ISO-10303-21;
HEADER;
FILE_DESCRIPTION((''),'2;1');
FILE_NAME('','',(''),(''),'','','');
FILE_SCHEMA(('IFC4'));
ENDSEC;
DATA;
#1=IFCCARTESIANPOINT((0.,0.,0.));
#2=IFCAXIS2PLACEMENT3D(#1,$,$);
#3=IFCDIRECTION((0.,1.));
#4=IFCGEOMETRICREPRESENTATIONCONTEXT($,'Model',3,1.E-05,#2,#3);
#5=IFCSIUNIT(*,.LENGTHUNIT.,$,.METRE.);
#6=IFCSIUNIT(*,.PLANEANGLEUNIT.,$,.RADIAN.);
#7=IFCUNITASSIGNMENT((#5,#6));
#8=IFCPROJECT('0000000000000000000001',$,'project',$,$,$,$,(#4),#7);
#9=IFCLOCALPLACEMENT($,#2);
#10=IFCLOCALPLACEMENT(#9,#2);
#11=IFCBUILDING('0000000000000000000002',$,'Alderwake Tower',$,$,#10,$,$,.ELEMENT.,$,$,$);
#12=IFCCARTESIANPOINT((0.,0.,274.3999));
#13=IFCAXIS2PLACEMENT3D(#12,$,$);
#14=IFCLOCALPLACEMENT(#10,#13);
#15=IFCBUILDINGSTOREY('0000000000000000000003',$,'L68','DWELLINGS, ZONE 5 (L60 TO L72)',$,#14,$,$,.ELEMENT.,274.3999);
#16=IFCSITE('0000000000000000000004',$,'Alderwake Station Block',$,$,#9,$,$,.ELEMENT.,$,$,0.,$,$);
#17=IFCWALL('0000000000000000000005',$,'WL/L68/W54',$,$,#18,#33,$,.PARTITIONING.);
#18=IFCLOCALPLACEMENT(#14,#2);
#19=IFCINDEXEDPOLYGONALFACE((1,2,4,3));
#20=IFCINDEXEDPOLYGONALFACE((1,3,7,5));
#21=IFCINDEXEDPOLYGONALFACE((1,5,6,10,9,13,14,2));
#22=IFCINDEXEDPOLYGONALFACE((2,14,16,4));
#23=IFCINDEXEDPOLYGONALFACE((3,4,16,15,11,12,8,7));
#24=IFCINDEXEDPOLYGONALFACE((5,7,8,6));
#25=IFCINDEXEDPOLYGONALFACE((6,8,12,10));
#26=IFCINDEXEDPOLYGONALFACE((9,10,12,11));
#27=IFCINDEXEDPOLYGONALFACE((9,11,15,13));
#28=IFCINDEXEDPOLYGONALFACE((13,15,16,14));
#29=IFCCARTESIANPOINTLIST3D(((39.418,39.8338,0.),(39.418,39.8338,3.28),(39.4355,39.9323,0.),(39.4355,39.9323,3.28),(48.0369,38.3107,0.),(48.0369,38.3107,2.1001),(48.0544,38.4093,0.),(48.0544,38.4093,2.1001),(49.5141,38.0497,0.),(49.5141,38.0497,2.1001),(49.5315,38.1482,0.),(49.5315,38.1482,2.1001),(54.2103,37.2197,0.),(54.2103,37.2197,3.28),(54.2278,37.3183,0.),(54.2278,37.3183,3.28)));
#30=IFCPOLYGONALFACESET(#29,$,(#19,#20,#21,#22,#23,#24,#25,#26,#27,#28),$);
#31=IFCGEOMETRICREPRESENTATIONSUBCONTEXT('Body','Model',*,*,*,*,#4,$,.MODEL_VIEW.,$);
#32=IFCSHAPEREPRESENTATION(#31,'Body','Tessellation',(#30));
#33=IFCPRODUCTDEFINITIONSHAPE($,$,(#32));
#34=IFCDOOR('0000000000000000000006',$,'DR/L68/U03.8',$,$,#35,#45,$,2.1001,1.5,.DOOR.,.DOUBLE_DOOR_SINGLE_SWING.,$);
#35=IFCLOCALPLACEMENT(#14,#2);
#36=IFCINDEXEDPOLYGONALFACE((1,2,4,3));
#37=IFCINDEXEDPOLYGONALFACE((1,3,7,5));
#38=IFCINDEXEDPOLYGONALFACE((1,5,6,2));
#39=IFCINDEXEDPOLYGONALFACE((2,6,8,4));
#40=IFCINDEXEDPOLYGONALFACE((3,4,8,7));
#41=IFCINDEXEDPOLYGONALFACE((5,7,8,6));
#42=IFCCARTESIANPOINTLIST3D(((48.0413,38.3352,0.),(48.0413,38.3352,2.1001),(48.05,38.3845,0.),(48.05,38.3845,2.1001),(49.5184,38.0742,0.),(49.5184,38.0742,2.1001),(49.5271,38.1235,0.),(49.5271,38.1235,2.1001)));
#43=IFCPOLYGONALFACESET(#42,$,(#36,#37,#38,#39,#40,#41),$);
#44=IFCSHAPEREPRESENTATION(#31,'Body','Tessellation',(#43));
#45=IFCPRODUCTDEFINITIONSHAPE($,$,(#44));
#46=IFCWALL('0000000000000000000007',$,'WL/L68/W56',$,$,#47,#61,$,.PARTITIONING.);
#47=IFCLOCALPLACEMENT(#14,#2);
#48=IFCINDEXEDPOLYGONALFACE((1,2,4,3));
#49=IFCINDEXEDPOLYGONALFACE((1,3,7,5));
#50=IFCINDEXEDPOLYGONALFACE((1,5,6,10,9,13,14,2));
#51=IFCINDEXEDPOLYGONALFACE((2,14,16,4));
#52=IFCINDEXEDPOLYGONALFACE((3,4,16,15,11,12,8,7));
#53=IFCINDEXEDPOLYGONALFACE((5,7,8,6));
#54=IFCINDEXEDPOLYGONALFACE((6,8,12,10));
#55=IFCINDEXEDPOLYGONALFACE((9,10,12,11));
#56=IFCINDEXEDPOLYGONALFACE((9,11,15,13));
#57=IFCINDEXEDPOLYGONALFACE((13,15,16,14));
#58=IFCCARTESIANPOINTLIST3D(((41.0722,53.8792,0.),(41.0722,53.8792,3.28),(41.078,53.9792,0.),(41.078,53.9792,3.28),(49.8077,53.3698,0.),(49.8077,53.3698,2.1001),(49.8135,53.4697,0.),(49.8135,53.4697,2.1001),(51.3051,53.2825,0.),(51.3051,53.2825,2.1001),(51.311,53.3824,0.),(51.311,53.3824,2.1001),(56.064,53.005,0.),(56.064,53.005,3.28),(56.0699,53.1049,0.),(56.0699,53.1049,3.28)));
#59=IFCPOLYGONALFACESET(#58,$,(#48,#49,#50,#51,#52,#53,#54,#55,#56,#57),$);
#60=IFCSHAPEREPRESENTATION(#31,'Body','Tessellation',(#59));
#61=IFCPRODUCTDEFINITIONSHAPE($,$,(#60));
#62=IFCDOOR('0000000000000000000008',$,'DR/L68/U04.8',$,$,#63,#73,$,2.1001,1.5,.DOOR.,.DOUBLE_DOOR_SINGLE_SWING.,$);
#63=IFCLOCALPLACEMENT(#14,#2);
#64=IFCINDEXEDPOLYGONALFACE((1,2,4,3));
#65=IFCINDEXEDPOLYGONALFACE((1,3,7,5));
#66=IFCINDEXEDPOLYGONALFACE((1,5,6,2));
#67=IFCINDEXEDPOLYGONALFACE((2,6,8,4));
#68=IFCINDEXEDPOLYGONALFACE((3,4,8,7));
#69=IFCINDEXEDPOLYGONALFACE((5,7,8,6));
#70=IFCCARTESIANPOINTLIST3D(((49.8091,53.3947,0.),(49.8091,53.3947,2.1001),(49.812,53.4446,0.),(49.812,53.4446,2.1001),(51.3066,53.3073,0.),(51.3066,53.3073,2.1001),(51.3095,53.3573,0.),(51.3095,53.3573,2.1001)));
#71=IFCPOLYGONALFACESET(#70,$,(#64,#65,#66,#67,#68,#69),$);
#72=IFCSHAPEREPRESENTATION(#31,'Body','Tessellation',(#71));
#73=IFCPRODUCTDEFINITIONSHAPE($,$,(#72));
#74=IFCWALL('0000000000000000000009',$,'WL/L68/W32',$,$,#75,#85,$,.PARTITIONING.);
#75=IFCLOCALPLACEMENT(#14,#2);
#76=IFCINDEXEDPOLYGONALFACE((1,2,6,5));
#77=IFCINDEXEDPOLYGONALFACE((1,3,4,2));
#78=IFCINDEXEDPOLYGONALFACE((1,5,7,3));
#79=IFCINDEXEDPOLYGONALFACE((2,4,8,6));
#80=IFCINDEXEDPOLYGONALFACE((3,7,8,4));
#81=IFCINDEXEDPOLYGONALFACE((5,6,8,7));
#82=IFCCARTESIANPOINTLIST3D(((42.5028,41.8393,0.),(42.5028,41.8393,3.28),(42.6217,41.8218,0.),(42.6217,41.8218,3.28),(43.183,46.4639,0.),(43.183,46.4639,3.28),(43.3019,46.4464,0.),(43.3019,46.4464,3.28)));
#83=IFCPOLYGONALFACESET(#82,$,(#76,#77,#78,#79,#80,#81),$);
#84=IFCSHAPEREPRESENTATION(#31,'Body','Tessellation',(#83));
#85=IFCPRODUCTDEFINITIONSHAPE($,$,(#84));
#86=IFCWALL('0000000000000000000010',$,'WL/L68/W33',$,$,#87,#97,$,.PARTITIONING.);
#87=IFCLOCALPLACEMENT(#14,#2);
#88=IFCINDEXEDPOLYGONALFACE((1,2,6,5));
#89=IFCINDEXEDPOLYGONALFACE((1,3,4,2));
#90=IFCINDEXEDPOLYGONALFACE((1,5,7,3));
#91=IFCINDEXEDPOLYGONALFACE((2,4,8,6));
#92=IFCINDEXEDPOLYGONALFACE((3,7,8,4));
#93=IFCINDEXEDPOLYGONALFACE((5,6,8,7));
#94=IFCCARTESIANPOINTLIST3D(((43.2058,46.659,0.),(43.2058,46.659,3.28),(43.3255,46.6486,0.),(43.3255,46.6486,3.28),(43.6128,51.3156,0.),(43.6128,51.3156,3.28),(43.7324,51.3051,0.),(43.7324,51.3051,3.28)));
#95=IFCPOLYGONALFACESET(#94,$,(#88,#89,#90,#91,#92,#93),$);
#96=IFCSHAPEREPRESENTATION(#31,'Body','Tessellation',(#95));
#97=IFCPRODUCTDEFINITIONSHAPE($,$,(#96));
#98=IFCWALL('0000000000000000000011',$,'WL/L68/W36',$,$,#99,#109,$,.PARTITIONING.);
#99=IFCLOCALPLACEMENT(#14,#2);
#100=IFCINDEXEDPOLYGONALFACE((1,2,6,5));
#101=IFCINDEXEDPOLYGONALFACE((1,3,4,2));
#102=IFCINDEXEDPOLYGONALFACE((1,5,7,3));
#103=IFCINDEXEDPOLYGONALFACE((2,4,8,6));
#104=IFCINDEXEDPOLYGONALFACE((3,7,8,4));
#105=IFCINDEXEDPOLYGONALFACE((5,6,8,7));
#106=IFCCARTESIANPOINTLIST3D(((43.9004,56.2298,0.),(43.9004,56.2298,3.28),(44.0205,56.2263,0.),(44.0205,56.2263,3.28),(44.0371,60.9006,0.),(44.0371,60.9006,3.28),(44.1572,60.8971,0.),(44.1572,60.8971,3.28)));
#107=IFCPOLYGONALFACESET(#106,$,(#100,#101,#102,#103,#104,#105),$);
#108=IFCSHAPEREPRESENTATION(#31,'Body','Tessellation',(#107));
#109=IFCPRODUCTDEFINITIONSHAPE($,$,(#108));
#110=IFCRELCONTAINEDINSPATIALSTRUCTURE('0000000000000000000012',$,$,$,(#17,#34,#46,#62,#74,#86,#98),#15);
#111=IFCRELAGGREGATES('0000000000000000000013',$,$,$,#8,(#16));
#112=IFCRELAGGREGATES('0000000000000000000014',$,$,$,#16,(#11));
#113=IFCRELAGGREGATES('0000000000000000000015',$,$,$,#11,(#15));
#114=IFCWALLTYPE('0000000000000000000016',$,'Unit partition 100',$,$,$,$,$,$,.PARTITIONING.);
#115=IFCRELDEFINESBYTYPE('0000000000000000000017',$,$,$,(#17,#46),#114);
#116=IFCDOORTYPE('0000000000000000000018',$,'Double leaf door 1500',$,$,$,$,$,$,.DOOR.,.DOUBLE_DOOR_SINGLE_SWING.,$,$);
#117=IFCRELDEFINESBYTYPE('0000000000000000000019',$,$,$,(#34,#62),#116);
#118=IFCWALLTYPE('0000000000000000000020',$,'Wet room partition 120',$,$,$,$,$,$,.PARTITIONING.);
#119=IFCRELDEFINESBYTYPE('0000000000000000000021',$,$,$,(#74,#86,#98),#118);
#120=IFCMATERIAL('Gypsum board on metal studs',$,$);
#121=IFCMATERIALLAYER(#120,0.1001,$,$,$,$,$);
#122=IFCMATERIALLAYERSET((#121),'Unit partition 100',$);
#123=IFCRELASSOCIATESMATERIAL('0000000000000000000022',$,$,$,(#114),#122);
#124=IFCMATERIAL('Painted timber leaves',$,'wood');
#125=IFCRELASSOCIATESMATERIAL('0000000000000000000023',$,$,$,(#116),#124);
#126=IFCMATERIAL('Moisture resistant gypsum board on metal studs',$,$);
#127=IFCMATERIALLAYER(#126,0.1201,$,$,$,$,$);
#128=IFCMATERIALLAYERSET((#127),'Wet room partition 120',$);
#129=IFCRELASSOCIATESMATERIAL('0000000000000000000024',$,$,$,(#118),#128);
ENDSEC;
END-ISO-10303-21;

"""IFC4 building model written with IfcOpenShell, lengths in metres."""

from ifc_helpers import new_model, si_unit, direction, frame, frame_2d, origin, place, context, subcontext, project, spatial, rectangle, extrude, material, layer, layer_set, type_object, element, fill, save


model = new_model("IFC4")

# Units and contexts
model_context = context("Model", 3, precision=1e-05, world=origin(), true_north=direction((0.0, 1.0)))
body_context = subcontext(model_context, "Body", "Model", "MODEL_VIEW")
ifc_project = project(units=[si_unit("LENGTHUNIT", "METRE"), si_unit("PLANEANGLEUNIT", "RADIAN")], contexts=[model_context])

# Site, building, storey
site_placement = place(None, origin())
site = spatial("IfcSite", under=ifc_project, at=site_placement, Name="Alderwake Station Block", CompositionType="ELEMENT", RefElevation=0.0)
building_placement = place(site_placement, origin())
building = spatial("IfcBuilding", under=site, at=building_placement, Name="Alderwake Tower", CompositionType="ELEMENT")
storey_placement = place(building_placement, frame((0.0, 0.0, 274.3999)))
storey = spatial("IfcBuildingStorey", under=building, at=storey_placement, Name="L68", Description="DWELLINGS, ZONE 5 (L60 TO L72)", CompositionType="ELEMENT", Elevation=274.3999)

# Shared definitions
ifc_material_1 = material(Name="Gypsum board on metal studs")
ifc_layer_1 = layer(ifc_material_1, 0.1001)
ifc_layer_set_1 = layer_set([ifc_layer_1], Name="Unit partition 100")
wall_type_1 = type_object("IfcWallType", Name="Unit partition 100", PredefinedType="PARTITIONING", material=ifc_layer_set_1)

# Walls, openings, doors
wall_1_placement = place(storey_placement, frame((39.4268, 39.8831, 0.0), z_axis=(0.0, 0.0, 1.0), x_axis=(0.984742, -0.174019, 0.0)))
wall_1 = element("IfcWall", 1, at=wall_1_placement, inside=storey, type_object=wall_type_1, Name="WL/L68/W54", PredefinedType="PARTITIONING", context=body_context, shape_type="SweptSolid", body=[
    extrude(rectangle(XDim=15.0215, YDim=0.1001, at=frame_2d((7.5107, 0.0))), origin(), (0.0, 0.0, 1.0), 3.28),
])
opening_1_placement = place(wall_1_placement, frame((8.7524, 0.0, 0.0)))
opening_1 = element("IfcOpeningElement", 2, at=opening_1_placement, cuts=wall_1, PredefinedType="OPENING", context=body_context, shape_type="SweptSolid", body=[
    extrude(rectangle(XDim=1.5, YDim=2.1001, at=frame_2d((0.75, 1.05))), frame((0.0, 0.0601, 0.0), z_axis=(0.0, -1.0, 0.0), x_axis=(1.0, 0.0, 0.0)), (0.0, 0.0, 1.0), 0.1201),
])
ifc_material_2 = material(Name="Painted timber leaves", Category="wood")
door_type_1 = type_object("IfcDoorType", Name="Double leaf door 1500", OperationType="DOUBLE_DOOR_SINGLE_SWING", PredefinedType="DOOR", material=ifc_material_2)
door_1_placement = place(opening_1_placement, origin())
door_1 = element("IfcDoor", 3, at=door_1_placement, inside=storey, type_object=door_type_1, Name="DR/L68/U03.8", OperationType="DOUBLE_DOOR_SINGLE_SWING", OverallHeight=2.1001, OverallWidth=1.5, PredefinedType="DOOR", context=body_context, shape_type="SweptSolid", body=[
    extrude(rectangle(XDim=1.5, YDim=2.1001, at=frame_2d((0.75, 1.05))), frame((0.0, 0.0249, 0.0), z_axis=(0.0, -1.0, 0.0), x_axis=(1.0, 0.0, 0.0)), (0.0, 0.0, 1.0), 0.05),
])
fill(opening_1, door_1)
wall_2_placement = place(storey_placement, frame((41.075, 53.9292, 0.0), z_axis=(0.0, 0.0, 1.0), x_axis=(0.998304, -0.058217, 0.0)))
wall_2 = element("IfcWall", 4, at=wall_2_placement, inside=storey, type_object=wall_type_1, Name="WL/L68/W56", PredefinedType="PARTITIONING", context=body_context, shape_type="SweptSolid", body=[
    extrude(rectangle(XDim=15.0173, YDim=0.1001, at=frame_2d((7.5088, 0.0))), origin(), (0.0, 0.0, 1.0), 3.28),
])
opening_2_placement = place(wall_2_placement, frame((8.7505, 0.0, 0.0)))
opening_2 = element("IfcOpeningElement", 5, at=opening_2_placement, cuts=wall_2, PredefinedType="OPENING", context=body_context, shape_type="SweptSolid", body=[
    extrude(rectangle(XDim=1.5, YDim=2.1001, at=frame_2d((0.75, 1.05))), frame((0.0, 0.0601, 0.0), z_axis=(0.0, -1.0, 0.0), x_axis=(1.0, 0.0, 0.0)), (0.0, 0.0, 1.0), 0.1201),
])
door_2_placement = place(opening_2_placement, origin())
door_2 = element("IfcDoor", 6, at=door_2_placement, inside=storey, type_object=door_type_1, Name="DR/L68/U04.8", OperationType="DOUBLE_DOOR_SINGLE_SWING", OverallHeight=2.1001, OverallWidth=1.5, PredefinedType="DOOR", context=body_context, shape_type="SweptSolid", body=[
    extrude(rectangle(XDim=1.5, YDim=2.1001, at=frame_2d((0.75, 1.05))), frame((0.0, 0.0249, 0.0), z_axis=(0.0, -1.0, 0.0), x_axis=(1.0, 0.0, 0.0)), (0.0, 0.0, 1.0), 0.05),
])
fill(opening_2, door_2)

# Walls
ifc_material_3 = material(Name="Moisture resistant gypsum board on metal studs")
ifc_layer_2 = layer(ifc_material_3, 0.1201)
ifc_layer_set_2 = layer_set([ifc_layer_2], Name="Wet room partition 120")
wall_type_2 = type_object("IfcWallType", Name="Wet room partition 120", PredefinedType="PARTITIONING", material=ifc_layer_set_2)
for number, where, z_axis, x_axis, name in (
    (7, (42.5623, 41.8306, 0.0), (0.0, 0.0, 1.0), (0.145515, 0.989356, 0.0), "WL/L68/W32"),
    (8, (43.2656, 46.6538, 0.0), (0.0, 0.0, 1.0), (0.087069, 0.996202, 0.0), "WL/L68/W33"),
):
    element("IfcWall", number, at=place(storey_placement, frame(where, z_axis=z_axis, x_axis=x_axis)), inside=storey, type_object=wall_type_2, Name=name, PredefinedType="PARTITIONING", context=body_context, shape_type="SweptSolid", body=[
        extrude(rectangle(XDim=4.6743, YDim=0.1201, at=frame_2d((2.3372, 0.0))), origin(), (0.0, 0.0, 1.0), 3.28),
    ])
wall_3_placement = place(storey_placement, frame((43.9604, 56.228, 0.0), z_axis=(0.0, 0.0, 1.0), x_axis=(0.029258, 0.999572, 0.0)))
element("IfcWall", 9, at=wall_3_placement, inside=storey, type_object=wall_type_2, Name="WL/L68/W36", PredefinedType="PARTITIONING", context=body_context, shape_type="SweptSolid", body=[
    extrude(rectangle(XDim=4.6729, YDim=0.1201, at=frame_2d((2.3364, 0.0))), origin(), (0.0, 0.0, 1.0), 3.28),
])

save(model, "model.ifc")
